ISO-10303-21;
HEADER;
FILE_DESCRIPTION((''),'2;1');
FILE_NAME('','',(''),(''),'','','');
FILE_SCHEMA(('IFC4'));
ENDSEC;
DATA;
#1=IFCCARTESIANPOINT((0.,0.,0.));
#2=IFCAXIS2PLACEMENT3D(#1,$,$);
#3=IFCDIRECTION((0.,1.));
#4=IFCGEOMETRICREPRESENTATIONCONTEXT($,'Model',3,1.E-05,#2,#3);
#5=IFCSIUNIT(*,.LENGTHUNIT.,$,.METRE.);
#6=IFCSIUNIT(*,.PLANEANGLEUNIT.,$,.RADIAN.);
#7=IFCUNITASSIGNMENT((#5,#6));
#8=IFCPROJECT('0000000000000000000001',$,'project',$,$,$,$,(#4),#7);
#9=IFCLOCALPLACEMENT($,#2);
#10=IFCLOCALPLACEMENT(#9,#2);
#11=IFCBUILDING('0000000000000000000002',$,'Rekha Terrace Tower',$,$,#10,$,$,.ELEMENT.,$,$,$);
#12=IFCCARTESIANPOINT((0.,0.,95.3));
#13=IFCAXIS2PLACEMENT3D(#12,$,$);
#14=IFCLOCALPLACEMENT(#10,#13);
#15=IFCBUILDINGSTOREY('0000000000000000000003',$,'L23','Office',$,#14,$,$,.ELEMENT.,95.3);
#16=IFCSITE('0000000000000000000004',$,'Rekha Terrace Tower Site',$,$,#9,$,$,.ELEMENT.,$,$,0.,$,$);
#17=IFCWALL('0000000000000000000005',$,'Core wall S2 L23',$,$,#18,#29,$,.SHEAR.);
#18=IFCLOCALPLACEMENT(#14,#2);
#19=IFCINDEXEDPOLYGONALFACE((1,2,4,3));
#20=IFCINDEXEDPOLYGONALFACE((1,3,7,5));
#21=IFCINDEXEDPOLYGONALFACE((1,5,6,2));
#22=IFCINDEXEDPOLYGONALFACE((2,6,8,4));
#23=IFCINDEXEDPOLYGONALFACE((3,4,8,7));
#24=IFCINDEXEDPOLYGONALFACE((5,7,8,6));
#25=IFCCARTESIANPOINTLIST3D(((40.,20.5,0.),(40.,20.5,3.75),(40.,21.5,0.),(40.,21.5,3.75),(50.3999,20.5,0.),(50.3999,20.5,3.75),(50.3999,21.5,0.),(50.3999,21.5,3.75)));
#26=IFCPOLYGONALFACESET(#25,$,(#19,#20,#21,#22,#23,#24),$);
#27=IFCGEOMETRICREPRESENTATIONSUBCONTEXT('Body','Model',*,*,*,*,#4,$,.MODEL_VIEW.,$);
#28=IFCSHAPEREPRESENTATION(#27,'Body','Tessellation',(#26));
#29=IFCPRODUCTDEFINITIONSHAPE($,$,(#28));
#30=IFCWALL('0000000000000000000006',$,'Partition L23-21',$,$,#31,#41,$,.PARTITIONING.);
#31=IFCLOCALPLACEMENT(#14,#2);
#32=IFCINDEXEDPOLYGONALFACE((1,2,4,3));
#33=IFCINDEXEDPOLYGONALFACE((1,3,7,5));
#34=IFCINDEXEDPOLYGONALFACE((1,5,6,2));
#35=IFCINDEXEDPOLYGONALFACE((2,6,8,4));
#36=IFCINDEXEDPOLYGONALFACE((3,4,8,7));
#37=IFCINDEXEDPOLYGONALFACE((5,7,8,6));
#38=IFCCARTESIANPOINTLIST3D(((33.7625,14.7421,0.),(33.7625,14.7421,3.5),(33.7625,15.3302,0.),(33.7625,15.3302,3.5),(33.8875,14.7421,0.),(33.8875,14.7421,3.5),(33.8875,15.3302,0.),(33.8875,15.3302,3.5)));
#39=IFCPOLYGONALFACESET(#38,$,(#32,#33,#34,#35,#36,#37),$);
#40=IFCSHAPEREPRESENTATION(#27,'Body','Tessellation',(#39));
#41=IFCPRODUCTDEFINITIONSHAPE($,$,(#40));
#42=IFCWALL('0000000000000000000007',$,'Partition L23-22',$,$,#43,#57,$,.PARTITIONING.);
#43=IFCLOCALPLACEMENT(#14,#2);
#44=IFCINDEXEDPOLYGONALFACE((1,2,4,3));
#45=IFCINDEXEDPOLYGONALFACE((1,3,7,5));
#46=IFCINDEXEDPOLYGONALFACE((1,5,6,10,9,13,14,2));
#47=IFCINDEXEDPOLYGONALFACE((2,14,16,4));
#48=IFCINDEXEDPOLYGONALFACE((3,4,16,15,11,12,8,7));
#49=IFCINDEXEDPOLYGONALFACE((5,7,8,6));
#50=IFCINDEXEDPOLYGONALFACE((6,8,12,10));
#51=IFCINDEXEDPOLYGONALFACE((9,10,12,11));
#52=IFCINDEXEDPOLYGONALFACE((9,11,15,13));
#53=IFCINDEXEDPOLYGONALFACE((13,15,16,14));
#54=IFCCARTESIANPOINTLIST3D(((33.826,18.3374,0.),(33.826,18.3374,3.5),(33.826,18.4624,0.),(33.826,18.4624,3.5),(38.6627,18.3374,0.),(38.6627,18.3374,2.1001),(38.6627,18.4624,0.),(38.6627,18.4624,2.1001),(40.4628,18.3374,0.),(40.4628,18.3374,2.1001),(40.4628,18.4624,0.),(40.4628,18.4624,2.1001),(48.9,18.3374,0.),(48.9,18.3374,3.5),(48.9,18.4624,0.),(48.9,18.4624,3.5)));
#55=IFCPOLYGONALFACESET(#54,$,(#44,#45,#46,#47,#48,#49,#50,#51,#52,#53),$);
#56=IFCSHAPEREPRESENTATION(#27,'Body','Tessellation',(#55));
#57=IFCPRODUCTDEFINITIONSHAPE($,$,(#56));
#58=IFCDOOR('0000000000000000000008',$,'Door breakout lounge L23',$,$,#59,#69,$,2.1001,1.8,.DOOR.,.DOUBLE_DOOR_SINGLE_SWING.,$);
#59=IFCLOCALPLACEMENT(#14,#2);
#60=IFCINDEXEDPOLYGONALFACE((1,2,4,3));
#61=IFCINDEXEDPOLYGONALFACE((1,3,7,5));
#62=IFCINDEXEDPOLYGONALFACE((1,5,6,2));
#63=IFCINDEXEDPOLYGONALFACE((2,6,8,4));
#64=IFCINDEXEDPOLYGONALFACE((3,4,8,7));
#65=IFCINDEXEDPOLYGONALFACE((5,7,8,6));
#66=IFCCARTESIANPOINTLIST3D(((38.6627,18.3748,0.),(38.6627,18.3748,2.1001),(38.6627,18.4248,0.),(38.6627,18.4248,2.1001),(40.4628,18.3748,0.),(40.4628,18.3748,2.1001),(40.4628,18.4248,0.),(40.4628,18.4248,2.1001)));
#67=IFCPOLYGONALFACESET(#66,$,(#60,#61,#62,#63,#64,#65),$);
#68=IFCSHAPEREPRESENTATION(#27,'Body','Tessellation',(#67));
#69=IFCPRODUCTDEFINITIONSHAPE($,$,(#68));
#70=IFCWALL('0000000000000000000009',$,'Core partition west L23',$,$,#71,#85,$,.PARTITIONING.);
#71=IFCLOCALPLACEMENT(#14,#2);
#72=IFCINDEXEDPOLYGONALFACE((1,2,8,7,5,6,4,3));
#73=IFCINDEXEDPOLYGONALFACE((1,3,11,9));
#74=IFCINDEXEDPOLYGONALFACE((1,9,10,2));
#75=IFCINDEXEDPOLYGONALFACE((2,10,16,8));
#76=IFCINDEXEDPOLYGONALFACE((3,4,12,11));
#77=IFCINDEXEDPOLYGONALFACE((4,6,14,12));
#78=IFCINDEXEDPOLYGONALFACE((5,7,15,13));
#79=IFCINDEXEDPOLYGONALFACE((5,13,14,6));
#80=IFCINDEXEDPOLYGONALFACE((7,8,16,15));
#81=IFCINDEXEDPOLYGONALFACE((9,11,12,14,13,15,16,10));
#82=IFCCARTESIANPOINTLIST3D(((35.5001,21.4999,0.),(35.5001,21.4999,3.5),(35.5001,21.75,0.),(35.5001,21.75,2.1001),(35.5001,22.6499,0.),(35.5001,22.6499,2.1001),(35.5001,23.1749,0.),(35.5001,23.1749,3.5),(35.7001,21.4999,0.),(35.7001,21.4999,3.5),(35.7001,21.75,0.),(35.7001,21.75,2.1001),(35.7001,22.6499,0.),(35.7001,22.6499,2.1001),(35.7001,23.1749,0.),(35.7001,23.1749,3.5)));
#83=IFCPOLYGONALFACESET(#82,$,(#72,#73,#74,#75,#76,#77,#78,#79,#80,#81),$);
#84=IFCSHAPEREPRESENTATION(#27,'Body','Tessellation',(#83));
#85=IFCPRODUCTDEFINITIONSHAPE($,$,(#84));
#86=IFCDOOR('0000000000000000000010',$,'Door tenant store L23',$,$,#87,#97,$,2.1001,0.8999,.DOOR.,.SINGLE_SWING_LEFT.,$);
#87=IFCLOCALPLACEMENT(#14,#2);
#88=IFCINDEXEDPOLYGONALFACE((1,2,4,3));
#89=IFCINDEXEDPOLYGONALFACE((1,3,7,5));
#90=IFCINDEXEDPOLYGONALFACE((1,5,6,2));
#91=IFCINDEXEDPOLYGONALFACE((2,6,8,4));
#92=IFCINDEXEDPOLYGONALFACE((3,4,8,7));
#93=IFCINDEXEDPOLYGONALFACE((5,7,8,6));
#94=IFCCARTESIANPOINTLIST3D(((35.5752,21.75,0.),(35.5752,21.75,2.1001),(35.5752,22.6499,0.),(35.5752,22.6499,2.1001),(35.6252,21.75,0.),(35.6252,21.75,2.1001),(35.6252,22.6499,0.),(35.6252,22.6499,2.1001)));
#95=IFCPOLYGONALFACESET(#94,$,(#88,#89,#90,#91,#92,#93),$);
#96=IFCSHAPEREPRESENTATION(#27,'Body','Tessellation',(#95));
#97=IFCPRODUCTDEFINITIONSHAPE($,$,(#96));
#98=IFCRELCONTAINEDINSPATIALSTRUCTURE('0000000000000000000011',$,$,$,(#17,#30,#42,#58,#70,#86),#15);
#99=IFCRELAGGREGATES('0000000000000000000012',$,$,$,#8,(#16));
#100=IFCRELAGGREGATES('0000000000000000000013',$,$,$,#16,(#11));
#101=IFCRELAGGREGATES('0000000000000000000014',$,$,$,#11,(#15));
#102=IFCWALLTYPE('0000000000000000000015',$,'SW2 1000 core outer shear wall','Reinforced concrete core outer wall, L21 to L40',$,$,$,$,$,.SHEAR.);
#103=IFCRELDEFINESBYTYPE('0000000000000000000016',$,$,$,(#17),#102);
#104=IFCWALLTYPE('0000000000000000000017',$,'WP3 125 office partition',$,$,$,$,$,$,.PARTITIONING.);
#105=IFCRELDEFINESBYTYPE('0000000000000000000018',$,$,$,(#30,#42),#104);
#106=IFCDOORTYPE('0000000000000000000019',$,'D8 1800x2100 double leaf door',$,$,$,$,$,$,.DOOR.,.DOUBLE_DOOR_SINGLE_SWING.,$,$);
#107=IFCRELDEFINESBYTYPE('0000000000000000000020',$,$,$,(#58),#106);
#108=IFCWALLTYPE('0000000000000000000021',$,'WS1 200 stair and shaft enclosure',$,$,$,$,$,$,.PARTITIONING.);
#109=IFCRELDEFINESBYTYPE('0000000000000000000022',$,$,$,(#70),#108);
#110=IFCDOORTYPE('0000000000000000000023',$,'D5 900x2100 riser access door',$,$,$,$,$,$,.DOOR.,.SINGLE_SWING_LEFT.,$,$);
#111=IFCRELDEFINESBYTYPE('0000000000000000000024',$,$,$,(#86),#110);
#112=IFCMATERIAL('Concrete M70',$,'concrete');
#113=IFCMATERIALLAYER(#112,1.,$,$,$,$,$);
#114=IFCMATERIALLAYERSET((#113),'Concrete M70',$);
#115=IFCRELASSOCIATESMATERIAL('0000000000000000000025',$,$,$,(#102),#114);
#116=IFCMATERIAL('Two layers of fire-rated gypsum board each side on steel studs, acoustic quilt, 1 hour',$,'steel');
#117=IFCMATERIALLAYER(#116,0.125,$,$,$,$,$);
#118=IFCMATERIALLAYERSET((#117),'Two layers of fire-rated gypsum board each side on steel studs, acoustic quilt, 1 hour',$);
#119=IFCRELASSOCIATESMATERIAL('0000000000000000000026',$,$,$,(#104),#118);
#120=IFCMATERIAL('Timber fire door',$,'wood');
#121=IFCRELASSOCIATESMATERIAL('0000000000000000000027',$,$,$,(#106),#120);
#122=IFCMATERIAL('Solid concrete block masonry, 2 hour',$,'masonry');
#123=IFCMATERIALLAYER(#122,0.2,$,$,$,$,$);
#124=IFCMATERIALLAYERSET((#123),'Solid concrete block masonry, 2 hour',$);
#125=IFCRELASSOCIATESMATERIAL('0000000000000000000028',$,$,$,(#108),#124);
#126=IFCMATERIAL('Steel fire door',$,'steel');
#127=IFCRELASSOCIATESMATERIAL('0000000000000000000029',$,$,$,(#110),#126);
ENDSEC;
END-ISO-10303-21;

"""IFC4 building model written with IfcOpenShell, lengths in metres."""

from ifc_helpers import new_model, si_unit, direction, frame, frame_2d, origin, place, context, subcontext, project, spatial, rectangle, extrude, material, layer, layer_set, type_object, element, fill, save


model = new_model("IFC4")

# Units and contexts
model_context = context("Model", 3, precision=1e-05, world=origin(), true_north=direction((0.0, 1.0)))
body_context = subcontext(model_context, "Body", "Model", "MODEL_VIEW")
ifc_project = project(units=[si_unit("LENGTHUNIT", "METRE"), si_unit("PLANEANGLEUNIT", "RADIAN")], contexts=[model_context])

# Site, building, storey
site_placement = place(None, origin())
site = spatial("IfcSite", under=ifc_project, at=site_placement, Name="Rekha Terrace Tower Site", CompositionType="ELEMENT", RefElevation=0.0)
building_placement = place(site_placement, origin())
building = spatial("IfcBuilding", under=site, at=building_placement, Name="Rekha Terrace Tower", CompositionType="ELEMENT")
storey_placement = place(building_placement, frame((0.0, 0.0, 95.3)))
storey = spatial("IfcBuildingStorey", under=building, at=storey_placement, Name="L23", Description="Office", CompositionType="ELEMENT", Elevation=95.3)

# Shared definitions
ifc_material_1 = material(Name="Concrete M70", Category="concrete")

# Walls
ifc_layer_1 = layer(ifc_material_1, 1.0)
ifc_layer_set_1 = layer_set([ifc_layer_1], Name="Concrete M70")
wall_type_1 = type_object("IfcWallType", Name="SW2 1000 core outer shear wall", Description="Reinforced concrete core outer wall, L21 to L40", PredefinedType="SHEAR", material=ifc_layer_set_1)
wall_1_placement = place(storey_placement, frame((40.0, 21.0, 0.0), z_axis=(0.0, 0.0, 1.0), x_axis=(1.0, 0.0, 0.0)))
element("IfcWall", 1, at=wall_1_placement, inside=storey, type_object=wall_type_1, Name="Core wall S2 L23", PredefinedType="SHEAR", context=body_context, shape_type="SweptSolid", body=[
    extrude(rectangle(XDim=10.3999, YDim=1.0, at=frame_2d((5.2, 0.0))), origin(), (0.0, 0.0, 1.0), 3.75),
])
ifc_material_2 = material(Name="Two layers of fire-rated gypsum board each side on steel studs, acoustic quilt, 1 hour", Category="steel")
ifc_layer_2 = layer(ifc_material_2, 0.125)
ifc_layer_set_2 = layer_set([ifc_layer_2], Name="Two layers of fire-rated gypsum board each side on steel studs, acoustic quilt, 1 hour")
wall_type_2 = type_object("IfcWallType", Name="WP3 125 office partition", PredefinedType="PARTITIONING", material=ifc_layer_set_2)
wall_2_placement = place(storey_placement, frame((33.825, 15.3301, 0.0), z_axis=(0.0, 0.0, 1.0), x_axis=(0.0, -1.0, 0.0)))
element("IfcWall", 2, at=wall_2_placement, inside=storey, type_object=wall_type_2, Name="Partition L23-21", PredefinedType="PARTITIONING", context=body_context, shape_type="SweptSolid", body=[
    extrude(rectangle(XDim=0.5881, YDim=0.125, at=frame_2d((0.2939, 0.0))), origin(), (0.0, 0.0, 1.0), 3.5),
])

# Walls, openings, doors
wall_3_placement = place(storey_placement, frame((33.8259, 18.3999, 0.0), z_axis=(0.0, 0.0, 1.0), x_axis=(1.0, 0.0, 0.0)))
wall_3 = element("IfcWall", 3, at=wall_3_placement, inside=storey, type_object=wall_type_2, Name="Partition L23-22", PredefinedType="PARTITIONING", context=body_context, shape_type="SweptSolid", body=[
    extrude(rectangle(XDim=15.074, YDim=0.125, at=frame_2d((7.5371, 0.0))), origin(), (0.0, 0.0, 1.0), 3.5),
])
opening_1_placement = place(wall_3_placement, frame((4.8369, 0.0, 0.0)))
opening_1 = element("IfcOpeningElement", 4, at=opening_1_placement, cuts=wall_3, PredefinedType="OPENING", context=body_context, shape_type="SweptSolid", body=[
    extrude(rectangle(XDim=1.8, YDim=2.1001, at=frame_2d((0.8999, 1.05))), frame((0.0, 0.0725, 0.0), z_axis=(0.0, -1.0, 0.0), x_axis=(1.0, 0.0, 0.0)), (0.0, 0.0, 1.0), 0.145),
])
ifc_material_3 = material(Name="Timber fire door", Category="wood")
door_type_1 = type_object("IfcDoorType", Name="D8 1800x2100 double leaf door", OperationType="DOUBLE_DOOR_SINGLE_SWING", PredefinedType="DOOR", material=ifc_material_3)
door_1_placement = place(opening_1_placement, origin())
door_1 = element("IfcDoor", 5, at=door_1_placement, inside=storey, type_object=door_type_1, Name="Door breakout lounge L23", OperationType="DOUBLE_DOOR_SINGLE_SWING", OverallHeight=2.1001, OverallWidth=1.8, PredefinedType="DOOR", context=body_context, shape_type="SweptSolid", body=[
    extrude(rectangle(XDim=1.8, YDim=2.1001, at=frame_2d((0.8999, 1.05))), frame((0.0, 0.0249, 0.0), z_axis=(0.0, -1.0, 0.0), x_axis=(1.0, 0.0, 0.0)), (0.0, 0.0, 1.0), 0.05),
])
fill(opening_1, door_1)
ifc_material_4 = material(Name="Solid concrete block masonry, 2 hour", Category="masonry")
ifc_layer_3 = layer(ifc_material_4, 0.2)
ifc_layer_set_3 = layer_set([ifc_layer_3], Name="Solid concrete block masonry, 2 hour")
wall_type_3 = type_object("IfcWallType", Name="WS1 200 stair and shaft enclosure", PredefinedType="PARTITIONING", material=ifc_layer_set_3)
wall_4_placement = place(storey_placement, frame((35.6001, 21.5, 0.0), z_axis=(0.0, 0.0, 1.0), x_axis=(0.0, 1.0, 0.0)))
wall_4 = element("IfcWall", 6, at=wall_4_placement, inside=storey, type_object=wall_type_3, Name="Core partition west L23", PredefinedType="PARTITIONING", context=body_context, shape_type="SweptSolid", body=[
    extrude(rectangle(XDim=1.675, YDim=0.2, at=frame_2d((0.8374, 0.0))), origin(), (0.0, 0.0, 1.0), 3.5),
])
opening_2_placement = place(wall_4_placement, frame((0.25, 0.0, 0.0)))
opening_2 = element("IfcOpeningElement", 7, at=opening_2_placement, cuts=wall_4, PredefinedType="OPENING", context=body_context, shape_type="SweptSolid", body=[
    extrude(rectangle(XDim=0.8999, YDim=2.1001, at=frame_2d((0.45, 1.05))), frame((0.0, 0.1099, 0.0), z_axis=(0.0, -1.0, 0.0), x_axis=(1.0, 0.0, 0.0)), (0.0, 0.0, 1.0), 0.22),
])
ifc_material_5 = material(Name="Steel fire door", Category="steel")
door_type_2 = type_object("IfcDoorType", Name="D5 900x2100 riser access door", OperationType="SINGLE_SWING_LEFT", PredefinedType="DOOR", material=ifc_material_5)
door_2_placement = place(opening_2_placement, origin())
door_2 = element("IfcDoor", 8, at=door_2_placement, inside=storey, type_object=door_type_2, Name="Door tenant store L23", OperationType="SINGLE_SWING_LEFT", OverallHeight=2.1001, OverallWidth=0.8999, PredefinedType="DOOR", context=body_context, shape_type="SweptSolid", body=[
    extrude(rectangle(XDim=0.8999, YDim=2.1001, at=frame_2d((0.45, 1.05))), frame((0.0, 0.0249, 0.0), z_axis=(0.0, -1.0, 0.0), x_axis=(1.0, 0.0, 0.0)), (0.0, 0.0, 1.0), 0.05),
])
fill(opening_2, door_2)

save(model, "model.ifc")
